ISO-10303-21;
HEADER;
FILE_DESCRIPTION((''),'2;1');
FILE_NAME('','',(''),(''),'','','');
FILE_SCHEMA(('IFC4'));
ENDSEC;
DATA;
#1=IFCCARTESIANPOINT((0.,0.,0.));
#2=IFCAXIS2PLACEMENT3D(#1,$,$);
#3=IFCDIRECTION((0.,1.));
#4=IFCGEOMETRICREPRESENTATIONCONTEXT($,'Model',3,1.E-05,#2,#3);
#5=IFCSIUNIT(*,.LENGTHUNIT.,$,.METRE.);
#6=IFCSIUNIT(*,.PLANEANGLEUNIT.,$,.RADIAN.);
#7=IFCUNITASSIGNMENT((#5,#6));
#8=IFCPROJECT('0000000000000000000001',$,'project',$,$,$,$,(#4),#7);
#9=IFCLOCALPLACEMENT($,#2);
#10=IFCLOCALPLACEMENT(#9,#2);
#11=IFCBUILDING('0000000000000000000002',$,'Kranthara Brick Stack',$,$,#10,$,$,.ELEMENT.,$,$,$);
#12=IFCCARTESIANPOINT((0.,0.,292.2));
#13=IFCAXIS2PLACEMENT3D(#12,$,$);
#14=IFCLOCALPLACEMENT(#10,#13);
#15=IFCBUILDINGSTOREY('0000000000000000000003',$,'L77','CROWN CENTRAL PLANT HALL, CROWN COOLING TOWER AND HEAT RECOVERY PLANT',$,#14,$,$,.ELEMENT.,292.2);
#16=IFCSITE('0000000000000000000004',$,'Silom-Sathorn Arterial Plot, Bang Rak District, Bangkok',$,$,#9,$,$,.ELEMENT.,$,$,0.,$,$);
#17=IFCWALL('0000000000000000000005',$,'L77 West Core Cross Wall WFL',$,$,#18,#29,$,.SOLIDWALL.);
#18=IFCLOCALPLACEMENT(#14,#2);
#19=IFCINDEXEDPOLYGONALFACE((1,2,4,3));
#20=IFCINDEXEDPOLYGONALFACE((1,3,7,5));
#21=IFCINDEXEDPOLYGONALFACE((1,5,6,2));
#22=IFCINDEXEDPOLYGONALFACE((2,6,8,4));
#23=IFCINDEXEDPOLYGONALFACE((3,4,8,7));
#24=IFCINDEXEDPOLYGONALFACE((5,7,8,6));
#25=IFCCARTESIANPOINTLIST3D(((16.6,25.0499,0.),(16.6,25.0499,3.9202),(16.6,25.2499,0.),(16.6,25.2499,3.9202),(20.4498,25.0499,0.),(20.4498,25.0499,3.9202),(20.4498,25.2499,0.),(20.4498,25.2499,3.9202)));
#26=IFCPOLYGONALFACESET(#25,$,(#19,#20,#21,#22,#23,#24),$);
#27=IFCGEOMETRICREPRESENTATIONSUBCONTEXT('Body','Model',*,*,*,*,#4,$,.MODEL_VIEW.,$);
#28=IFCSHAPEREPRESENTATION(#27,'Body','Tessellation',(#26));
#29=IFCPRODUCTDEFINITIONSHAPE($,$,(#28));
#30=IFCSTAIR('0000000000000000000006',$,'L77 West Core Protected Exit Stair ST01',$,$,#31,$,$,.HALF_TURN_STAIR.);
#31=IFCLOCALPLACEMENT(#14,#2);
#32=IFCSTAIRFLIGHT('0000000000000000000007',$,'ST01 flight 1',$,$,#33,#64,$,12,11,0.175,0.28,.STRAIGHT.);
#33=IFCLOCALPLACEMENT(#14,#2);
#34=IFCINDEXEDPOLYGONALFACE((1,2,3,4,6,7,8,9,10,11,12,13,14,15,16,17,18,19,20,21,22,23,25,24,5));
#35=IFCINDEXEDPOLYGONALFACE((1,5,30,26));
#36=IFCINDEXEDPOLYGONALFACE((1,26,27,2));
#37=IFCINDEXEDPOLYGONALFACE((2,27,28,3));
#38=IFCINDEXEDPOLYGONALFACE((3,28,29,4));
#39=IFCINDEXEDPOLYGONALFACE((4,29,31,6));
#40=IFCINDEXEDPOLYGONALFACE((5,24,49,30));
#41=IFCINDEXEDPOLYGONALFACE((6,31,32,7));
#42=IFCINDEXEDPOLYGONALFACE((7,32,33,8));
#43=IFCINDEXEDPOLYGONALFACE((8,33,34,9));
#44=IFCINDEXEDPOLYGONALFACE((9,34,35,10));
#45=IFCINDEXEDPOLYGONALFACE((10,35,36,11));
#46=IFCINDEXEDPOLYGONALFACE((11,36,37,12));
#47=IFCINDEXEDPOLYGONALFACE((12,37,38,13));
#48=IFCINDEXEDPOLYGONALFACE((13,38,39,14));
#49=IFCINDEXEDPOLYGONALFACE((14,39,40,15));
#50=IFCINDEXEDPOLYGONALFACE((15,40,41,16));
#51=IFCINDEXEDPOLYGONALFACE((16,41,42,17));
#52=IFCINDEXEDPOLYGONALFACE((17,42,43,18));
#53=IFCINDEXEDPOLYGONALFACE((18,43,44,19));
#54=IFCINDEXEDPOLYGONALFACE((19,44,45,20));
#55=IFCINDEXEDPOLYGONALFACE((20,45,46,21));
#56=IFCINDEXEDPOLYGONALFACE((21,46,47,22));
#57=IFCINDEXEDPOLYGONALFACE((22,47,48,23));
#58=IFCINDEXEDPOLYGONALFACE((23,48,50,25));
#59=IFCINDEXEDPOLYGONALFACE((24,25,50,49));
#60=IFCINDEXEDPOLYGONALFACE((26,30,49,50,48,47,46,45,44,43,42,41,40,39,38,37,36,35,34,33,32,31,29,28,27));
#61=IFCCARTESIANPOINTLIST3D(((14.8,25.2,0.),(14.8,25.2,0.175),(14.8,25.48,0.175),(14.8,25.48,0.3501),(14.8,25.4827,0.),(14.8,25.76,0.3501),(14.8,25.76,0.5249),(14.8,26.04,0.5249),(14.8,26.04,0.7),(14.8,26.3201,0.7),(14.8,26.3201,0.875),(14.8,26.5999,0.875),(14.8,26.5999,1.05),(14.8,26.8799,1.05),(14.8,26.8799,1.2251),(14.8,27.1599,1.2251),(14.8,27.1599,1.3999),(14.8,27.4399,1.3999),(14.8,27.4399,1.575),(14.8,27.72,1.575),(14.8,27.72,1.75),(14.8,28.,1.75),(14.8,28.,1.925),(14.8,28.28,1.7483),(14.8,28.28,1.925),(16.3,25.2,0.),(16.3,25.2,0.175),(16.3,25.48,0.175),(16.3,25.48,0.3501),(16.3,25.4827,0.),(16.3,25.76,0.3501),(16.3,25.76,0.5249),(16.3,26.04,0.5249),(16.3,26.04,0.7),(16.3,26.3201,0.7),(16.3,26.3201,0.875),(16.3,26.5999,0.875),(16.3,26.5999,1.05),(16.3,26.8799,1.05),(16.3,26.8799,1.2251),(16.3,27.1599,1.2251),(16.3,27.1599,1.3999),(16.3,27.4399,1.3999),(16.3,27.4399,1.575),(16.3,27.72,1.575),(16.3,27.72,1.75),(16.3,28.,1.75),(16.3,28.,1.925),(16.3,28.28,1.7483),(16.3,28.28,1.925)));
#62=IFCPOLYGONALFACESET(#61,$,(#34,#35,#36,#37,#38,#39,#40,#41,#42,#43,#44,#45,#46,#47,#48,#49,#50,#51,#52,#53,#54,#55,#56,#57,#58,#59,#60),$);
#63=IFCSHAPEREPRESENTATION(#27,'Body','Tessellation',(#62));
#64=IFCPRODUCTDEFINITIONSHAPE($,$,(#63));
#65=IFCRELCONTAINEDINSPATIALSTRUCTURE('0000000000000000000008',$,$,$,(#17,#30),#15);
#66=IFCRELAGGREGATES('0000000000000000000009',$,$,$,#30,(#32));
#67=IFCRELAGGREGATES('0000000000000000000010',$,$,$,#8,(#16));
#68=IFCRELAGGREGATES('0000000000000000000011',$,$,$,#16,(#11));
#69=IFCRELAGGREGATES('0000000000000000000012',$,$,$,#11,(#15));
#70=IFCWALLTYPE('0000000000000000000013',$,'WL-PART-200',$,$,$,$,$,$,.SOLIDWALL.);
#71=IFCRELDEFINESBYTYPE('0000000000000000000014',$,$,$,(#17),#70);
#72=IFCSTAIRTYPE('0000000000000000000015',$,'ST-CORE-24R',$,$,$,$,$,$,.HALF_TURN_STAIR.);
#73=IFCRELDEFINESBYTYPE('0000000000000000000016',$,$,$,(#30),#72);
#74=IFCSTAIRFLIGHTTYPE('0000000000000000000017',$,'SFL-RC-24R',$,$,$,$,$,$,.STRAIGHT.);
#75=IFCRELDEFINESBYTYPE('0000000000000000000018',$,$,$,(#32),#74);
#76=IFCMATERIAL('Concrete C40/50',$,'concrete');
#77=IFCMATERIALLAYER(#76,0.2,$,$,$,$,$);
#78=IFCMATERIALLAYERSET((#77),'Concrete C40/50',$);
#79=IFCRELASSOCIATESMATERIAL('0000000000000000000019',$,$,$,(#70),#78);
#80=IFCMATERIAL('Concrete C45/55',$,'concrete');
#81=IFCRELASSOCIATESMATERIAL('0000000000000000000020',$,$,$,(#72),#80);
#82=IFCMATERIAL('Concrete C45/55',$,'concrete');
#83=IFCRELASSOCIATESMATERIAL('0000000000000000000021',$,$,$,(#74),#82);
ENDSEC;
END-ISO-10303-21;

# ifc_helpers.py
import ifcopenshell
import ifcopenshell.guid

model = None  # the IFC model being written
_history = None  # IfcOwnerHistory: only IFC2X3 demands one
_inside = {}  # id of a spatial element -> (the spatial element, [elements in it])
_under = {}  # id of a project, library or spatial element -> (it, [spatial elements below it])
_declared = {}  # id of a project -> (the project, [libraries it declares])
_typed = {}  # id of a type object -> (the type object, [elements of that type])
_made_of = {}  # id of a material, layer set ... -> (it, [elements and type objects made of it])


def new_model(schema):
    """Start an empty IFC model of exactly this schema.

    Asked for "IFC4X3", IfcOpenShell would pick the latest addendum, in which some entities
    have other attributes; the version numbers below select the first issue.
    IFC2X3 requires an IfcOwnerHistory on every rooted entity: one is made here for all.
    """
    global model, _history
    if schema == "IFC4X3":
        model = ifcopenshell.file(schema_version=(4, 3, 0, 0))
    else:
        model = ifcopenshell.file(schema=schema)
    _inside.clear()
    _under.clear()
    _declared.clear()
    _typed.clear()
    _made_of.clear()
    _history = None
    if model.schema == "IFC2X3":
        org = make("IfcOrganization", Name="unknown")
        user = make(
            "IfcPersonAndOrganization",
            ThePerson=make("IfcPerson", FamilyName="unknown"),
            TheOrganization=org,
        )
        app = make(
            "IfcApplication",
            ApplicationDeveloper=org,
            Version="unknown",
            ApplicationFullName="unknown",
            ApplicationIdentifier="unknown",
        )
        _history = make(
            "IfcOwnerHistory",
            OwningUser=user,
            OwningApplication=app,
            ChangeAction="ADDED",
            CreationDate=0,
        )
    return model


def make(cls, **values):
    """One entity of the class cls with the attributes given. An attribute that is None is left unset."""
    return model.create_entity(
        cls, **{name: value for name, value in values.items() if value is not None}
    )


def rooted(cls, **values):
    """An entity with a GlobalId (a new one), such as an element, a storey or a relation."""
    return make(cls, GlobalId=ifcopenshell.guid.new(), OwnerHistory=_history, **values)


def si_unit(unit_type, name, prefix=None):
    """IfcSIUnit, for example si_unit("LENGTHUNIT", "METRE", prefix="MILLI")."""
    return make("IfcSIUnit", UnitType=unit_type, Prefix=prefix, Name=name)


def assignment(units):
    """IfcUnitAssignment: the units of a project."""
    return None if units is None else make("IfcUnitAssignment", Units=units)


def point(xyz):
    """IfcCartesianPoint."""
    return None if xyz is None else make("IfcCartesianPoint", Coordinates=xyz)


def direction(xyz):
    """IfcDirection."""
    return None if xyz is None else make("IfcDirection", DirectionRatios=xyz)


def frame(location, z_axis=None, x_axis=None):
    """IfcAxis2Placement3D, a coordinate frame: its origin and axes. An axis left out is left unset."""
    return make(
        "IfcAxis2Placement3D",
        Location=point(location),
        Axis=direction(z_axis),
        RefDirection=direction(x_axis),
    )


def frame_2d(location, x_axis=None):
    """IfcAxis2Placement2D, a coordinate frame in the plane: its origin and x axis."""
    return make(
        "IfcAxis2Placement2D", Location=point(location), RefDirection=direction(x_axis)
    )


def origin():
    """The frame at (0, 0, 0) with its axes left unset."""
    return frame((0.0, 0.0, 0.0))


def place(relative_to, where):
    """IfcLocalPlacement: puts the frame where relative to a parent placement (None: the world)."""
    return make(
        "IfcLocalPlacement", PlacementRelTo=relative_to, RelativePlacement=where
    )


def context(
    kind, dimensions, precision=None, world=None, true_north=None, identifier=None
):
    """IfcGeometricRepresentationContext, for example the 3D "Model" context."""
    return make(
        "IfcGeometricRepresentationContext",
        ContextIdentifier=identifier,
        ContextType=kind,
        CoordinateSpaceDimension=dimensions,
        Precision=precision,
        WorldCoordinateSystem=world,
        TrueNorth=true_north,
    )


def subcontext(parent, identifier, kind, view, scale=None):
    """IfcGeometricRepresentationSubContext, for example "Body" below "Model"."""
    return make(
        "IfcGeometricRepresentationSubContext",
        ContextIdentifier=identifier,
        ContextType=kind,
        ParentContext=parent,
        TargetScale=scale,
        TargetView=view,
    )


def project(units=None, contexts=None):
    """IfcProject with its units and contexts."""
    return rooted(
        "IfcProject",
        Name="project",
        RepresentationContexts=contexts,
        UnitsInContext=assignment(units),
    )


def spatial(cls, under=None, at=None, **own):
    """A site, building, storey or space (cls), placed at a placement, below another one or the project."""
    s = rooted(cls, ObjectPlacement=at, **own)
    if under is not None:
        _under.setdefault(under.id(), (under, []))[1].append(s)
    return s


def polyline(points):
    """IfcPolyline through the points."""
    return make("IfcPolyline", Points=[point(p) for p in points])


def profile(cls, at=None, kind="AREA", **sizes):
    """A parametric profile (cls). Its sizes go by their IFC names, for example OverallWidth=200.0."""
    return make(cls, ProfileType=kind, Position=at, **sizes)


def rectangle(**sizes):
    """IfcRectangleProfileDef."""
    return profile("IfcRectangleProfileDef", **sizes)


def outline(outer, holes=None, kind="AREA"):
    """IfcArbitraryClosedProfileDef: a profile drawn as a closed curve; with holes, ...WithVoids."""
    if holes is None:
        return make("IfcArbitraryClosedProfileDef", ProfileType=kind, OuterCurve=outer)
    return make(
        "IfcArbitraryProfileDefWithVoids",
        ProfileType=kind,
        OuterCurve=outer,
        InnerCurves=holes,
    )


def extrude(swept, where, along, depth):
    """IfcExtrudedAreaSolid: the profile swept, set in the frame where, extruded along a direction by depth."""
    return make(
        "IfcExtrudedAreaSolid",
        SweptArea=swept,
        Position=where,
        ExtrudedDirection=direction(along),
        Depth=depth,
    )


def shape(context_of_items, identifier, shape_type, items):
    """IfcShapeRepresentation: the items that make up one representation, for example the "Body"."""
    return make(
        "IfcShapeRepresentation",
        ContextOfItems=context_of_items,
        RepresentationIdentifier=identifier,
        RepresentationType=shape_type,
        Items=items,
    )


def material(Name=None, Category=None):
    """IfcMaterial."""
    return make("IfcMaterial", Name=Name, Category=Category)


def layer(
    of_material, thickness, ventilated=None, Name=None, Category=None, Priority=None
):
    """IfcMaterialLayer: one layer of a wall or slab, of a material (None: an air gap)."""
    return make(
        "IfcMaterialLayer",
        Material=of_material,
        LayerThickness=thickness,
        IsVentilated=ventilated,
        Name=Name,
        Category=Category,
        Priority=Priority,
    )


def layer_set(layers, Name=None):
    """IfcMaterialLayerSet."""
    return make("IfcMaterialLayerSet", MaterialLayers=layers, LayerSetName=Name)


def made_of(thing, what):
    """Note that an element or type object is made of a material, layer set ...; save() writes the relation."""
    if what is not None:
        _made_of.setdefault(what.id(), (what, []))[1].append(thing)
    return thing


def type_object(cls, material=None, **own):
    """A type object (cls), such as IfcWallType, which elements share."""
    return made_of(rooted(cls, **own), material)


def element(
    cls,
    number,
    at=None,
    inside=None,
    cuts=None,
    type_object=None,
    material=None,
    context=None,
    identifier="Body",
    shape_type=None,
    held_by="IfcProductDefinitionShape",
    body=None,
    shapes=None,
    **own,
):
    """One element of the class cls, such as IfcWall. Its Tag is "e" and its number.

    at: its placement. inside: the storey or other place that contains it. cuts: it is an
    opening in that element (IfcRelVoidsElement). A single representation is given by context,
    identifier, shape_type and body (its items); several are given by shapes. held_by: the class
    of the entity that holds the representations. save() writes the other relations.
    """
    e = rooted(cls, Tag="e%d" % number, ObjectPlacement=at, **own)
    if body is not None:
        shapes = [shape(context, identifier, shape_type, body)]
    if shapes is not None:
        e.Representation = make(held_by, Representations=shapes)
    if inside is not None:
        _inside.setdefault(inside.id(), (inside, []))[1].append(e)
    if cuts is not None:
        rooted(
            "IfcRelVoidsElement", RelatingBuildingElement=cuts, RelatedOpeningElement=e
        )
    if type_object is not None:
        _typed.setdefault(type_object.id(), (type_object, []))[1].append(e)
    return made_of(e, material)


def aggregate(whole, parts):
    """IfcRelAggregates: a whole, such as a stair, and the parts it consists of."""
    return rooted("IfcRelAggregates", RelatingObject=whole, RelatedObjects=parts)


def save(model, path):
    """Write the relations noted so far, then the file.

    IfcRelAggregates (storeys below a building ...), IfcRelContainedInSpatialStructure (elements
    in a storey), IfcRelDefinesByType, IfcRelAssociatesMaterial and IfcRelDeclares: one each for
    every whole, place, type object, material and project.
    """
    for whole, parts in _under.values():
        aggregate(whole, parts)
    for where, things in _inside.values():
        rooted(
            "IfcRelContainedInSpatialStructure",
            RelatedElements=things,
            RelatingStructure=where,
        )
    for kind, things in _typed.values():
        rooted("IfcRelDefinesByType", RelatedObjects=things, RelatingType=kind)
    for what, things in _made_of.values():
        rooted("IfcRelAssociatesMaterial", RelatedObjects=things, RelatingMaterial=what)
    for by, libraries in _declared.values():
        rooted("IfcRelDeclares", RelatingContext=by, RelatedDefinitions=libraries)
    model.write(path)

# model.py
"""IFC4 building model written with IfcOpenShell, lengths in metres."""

from ifc_helpers import new_model, si_unit, direction, frame, frame_2d, origin, place, context, subcontext, project, spatial, polyline, rectangle, outline, extrude, material, layer, layer_set, type_object, element, aggregate, save


model = new_model("IFC4")

# Units and contexts
model_context = context("Model", 3, precision=1e-05, world=origin(), true_north=direction((0.0, 1.0)))
body_context = subcontext(model_context, "Body", "Model", "MODEL_VIEW")
ifc_project = project(units=[si_unit("LENGTHUNIT", "METRE"), si_unit("PLANEANGLEUNIT", "RADIAN")], contexts=[model_context])

# Site, building, storey
site_placement = place(None, origin())
site = spatial("IfcSite", under=ifc_project, at=site_placement, Name="Silom-Sathorn Arterial Plot, Bang Rak District, Bangkok", CompositionType="ELEMENT", RefElevation=0.0)
building_placement = place(site_placement, origin())
building = spatial("IfcBuilding", under=site, at=building_placement, Name="Kranthara Brick Stack", CompositionType="ELEMENT")
storey_placement = place(building_placement, frame((0.0, 0.0, 292.2)))
storey = spatial("IfcBuildingStorey", under=building, at=storey_placement, Name="L77", Description="CROWN CENTRAL PLANT HALL, CROWN COOLING TOWER AND HEAT RECOVERY PLANT", CompositionType="ELEMENT", Elevation=292.2)

# Wall
ifc_material_1 = material(Name="Concrete C40/50", Category="concrete")
ifc_layer_1 = layer(ifc_material_1, 0.2)
ifc_layer_set_1 = layer_set([ifc_layer_1], Name="Concrete C40/50")
wall_type_1 = type_object("IfcWallType", Name="WL-PART-200", PredefinedType="SOLIDWALL", material=ifc_layer_set_1)
wall_1_placement = place(storey_placement, frame((16.6001, 25.1499, 0.0), z_axis=(0.0, 0.0, 1.0), x_axis=(1.0, 0.0, 0.0)))
element("IfcWall", 1, at=wall_1_placement, inside=storey, type_object=wall_type_1, Name="L77 West Core Cross Wall WFL", PredefinedType="SOLIDWALL", context=body_context, shape_type="SweptSolid", body=[
    extrude(rectangle(XDim=3.8499, YDim=0.2, at=frame_2d((1.9248, 0.0))), origin(), (0.0, 0.0, 1.0), 3.9202),
])

# Stair, stair flight
ifc_material_2 = material(Name="Concrete C45/55", Category="concrete")
stair_type = type_object("IfcStairType", Name="ST-CORE-24R", PredefinedType="HALF_TURN_STAIR", material=ifc_material_2)
stair_placement = place(storey_placement, origin())
stair = element("IfcStair", 2, at=stair_placement, inside=storey, type_object=stair_type, Name="L77 West Core Protected Exit Stair ST01", PredefinedType="HALF_TURN_STAIR")
ifc_material_3 = material(Name="Concrete C45/55", Category="concrete")
stair_flight_type = type_object("IfcStairFlightType", Name="SFL-RC-24R", PredefinedType="STRAIGHT", material=ifc_material_3)
stair_flight_placement = place(storey_placement, frame((15.55, 25.2, 0.0), z_axis=(0.0, 0.0, 1.0), x_axis=(0.0, 1.0, 0.0)))
stair_flight = element("IfcStairFlight", 3, at=stair_flight_placement, type_object=stair_flight_type, Name="ST01 flight 1", NumberOfRisers=12, NumberOfTreads=11, PredefinedType="STRAIGHT", RiserHeight=0.175, TreadLength=0.28, context=body_context, shape_type="SweptSolid", body=[
    extrude(outline(polyline([(0.0, 0.0), (0.0, 0.175), (0.28, 0.175), (0.28, 0.3501), (0.5601, 0.3501), (0.5601, 0.5249), (0.8401, 0.5249), (0.8401, 0.7), (1.1201, 0.7), (1.1201, 0.875), (1.3999, 0.875), (1.3999, 1.05), (1.6799, 1.05), (1.6799, 1.2251), (1.96, 1.2251), (1.96, 1.3999), (2.24, 1.3999), (2.24, 1.575), (2.52, 1.575), (2.52, 1.75), (2.8, 1.75), (2.8, 1.925), (3.0801, 1.925), (3.0801, 2.1001), (3.0801, 1.7483), (0.2827, 0.0), (0.0, 0.0)])), frame((0.0, 0.75, 0.0), z_axis=(0.0, -1.0, 0.0), x_axis=(1.0, 0.0, 0.0)), (0.0, 0.0, 1.0), 1.5),
])
aggregate(stair, [stair_flight])

save(model, "model.ifc")
